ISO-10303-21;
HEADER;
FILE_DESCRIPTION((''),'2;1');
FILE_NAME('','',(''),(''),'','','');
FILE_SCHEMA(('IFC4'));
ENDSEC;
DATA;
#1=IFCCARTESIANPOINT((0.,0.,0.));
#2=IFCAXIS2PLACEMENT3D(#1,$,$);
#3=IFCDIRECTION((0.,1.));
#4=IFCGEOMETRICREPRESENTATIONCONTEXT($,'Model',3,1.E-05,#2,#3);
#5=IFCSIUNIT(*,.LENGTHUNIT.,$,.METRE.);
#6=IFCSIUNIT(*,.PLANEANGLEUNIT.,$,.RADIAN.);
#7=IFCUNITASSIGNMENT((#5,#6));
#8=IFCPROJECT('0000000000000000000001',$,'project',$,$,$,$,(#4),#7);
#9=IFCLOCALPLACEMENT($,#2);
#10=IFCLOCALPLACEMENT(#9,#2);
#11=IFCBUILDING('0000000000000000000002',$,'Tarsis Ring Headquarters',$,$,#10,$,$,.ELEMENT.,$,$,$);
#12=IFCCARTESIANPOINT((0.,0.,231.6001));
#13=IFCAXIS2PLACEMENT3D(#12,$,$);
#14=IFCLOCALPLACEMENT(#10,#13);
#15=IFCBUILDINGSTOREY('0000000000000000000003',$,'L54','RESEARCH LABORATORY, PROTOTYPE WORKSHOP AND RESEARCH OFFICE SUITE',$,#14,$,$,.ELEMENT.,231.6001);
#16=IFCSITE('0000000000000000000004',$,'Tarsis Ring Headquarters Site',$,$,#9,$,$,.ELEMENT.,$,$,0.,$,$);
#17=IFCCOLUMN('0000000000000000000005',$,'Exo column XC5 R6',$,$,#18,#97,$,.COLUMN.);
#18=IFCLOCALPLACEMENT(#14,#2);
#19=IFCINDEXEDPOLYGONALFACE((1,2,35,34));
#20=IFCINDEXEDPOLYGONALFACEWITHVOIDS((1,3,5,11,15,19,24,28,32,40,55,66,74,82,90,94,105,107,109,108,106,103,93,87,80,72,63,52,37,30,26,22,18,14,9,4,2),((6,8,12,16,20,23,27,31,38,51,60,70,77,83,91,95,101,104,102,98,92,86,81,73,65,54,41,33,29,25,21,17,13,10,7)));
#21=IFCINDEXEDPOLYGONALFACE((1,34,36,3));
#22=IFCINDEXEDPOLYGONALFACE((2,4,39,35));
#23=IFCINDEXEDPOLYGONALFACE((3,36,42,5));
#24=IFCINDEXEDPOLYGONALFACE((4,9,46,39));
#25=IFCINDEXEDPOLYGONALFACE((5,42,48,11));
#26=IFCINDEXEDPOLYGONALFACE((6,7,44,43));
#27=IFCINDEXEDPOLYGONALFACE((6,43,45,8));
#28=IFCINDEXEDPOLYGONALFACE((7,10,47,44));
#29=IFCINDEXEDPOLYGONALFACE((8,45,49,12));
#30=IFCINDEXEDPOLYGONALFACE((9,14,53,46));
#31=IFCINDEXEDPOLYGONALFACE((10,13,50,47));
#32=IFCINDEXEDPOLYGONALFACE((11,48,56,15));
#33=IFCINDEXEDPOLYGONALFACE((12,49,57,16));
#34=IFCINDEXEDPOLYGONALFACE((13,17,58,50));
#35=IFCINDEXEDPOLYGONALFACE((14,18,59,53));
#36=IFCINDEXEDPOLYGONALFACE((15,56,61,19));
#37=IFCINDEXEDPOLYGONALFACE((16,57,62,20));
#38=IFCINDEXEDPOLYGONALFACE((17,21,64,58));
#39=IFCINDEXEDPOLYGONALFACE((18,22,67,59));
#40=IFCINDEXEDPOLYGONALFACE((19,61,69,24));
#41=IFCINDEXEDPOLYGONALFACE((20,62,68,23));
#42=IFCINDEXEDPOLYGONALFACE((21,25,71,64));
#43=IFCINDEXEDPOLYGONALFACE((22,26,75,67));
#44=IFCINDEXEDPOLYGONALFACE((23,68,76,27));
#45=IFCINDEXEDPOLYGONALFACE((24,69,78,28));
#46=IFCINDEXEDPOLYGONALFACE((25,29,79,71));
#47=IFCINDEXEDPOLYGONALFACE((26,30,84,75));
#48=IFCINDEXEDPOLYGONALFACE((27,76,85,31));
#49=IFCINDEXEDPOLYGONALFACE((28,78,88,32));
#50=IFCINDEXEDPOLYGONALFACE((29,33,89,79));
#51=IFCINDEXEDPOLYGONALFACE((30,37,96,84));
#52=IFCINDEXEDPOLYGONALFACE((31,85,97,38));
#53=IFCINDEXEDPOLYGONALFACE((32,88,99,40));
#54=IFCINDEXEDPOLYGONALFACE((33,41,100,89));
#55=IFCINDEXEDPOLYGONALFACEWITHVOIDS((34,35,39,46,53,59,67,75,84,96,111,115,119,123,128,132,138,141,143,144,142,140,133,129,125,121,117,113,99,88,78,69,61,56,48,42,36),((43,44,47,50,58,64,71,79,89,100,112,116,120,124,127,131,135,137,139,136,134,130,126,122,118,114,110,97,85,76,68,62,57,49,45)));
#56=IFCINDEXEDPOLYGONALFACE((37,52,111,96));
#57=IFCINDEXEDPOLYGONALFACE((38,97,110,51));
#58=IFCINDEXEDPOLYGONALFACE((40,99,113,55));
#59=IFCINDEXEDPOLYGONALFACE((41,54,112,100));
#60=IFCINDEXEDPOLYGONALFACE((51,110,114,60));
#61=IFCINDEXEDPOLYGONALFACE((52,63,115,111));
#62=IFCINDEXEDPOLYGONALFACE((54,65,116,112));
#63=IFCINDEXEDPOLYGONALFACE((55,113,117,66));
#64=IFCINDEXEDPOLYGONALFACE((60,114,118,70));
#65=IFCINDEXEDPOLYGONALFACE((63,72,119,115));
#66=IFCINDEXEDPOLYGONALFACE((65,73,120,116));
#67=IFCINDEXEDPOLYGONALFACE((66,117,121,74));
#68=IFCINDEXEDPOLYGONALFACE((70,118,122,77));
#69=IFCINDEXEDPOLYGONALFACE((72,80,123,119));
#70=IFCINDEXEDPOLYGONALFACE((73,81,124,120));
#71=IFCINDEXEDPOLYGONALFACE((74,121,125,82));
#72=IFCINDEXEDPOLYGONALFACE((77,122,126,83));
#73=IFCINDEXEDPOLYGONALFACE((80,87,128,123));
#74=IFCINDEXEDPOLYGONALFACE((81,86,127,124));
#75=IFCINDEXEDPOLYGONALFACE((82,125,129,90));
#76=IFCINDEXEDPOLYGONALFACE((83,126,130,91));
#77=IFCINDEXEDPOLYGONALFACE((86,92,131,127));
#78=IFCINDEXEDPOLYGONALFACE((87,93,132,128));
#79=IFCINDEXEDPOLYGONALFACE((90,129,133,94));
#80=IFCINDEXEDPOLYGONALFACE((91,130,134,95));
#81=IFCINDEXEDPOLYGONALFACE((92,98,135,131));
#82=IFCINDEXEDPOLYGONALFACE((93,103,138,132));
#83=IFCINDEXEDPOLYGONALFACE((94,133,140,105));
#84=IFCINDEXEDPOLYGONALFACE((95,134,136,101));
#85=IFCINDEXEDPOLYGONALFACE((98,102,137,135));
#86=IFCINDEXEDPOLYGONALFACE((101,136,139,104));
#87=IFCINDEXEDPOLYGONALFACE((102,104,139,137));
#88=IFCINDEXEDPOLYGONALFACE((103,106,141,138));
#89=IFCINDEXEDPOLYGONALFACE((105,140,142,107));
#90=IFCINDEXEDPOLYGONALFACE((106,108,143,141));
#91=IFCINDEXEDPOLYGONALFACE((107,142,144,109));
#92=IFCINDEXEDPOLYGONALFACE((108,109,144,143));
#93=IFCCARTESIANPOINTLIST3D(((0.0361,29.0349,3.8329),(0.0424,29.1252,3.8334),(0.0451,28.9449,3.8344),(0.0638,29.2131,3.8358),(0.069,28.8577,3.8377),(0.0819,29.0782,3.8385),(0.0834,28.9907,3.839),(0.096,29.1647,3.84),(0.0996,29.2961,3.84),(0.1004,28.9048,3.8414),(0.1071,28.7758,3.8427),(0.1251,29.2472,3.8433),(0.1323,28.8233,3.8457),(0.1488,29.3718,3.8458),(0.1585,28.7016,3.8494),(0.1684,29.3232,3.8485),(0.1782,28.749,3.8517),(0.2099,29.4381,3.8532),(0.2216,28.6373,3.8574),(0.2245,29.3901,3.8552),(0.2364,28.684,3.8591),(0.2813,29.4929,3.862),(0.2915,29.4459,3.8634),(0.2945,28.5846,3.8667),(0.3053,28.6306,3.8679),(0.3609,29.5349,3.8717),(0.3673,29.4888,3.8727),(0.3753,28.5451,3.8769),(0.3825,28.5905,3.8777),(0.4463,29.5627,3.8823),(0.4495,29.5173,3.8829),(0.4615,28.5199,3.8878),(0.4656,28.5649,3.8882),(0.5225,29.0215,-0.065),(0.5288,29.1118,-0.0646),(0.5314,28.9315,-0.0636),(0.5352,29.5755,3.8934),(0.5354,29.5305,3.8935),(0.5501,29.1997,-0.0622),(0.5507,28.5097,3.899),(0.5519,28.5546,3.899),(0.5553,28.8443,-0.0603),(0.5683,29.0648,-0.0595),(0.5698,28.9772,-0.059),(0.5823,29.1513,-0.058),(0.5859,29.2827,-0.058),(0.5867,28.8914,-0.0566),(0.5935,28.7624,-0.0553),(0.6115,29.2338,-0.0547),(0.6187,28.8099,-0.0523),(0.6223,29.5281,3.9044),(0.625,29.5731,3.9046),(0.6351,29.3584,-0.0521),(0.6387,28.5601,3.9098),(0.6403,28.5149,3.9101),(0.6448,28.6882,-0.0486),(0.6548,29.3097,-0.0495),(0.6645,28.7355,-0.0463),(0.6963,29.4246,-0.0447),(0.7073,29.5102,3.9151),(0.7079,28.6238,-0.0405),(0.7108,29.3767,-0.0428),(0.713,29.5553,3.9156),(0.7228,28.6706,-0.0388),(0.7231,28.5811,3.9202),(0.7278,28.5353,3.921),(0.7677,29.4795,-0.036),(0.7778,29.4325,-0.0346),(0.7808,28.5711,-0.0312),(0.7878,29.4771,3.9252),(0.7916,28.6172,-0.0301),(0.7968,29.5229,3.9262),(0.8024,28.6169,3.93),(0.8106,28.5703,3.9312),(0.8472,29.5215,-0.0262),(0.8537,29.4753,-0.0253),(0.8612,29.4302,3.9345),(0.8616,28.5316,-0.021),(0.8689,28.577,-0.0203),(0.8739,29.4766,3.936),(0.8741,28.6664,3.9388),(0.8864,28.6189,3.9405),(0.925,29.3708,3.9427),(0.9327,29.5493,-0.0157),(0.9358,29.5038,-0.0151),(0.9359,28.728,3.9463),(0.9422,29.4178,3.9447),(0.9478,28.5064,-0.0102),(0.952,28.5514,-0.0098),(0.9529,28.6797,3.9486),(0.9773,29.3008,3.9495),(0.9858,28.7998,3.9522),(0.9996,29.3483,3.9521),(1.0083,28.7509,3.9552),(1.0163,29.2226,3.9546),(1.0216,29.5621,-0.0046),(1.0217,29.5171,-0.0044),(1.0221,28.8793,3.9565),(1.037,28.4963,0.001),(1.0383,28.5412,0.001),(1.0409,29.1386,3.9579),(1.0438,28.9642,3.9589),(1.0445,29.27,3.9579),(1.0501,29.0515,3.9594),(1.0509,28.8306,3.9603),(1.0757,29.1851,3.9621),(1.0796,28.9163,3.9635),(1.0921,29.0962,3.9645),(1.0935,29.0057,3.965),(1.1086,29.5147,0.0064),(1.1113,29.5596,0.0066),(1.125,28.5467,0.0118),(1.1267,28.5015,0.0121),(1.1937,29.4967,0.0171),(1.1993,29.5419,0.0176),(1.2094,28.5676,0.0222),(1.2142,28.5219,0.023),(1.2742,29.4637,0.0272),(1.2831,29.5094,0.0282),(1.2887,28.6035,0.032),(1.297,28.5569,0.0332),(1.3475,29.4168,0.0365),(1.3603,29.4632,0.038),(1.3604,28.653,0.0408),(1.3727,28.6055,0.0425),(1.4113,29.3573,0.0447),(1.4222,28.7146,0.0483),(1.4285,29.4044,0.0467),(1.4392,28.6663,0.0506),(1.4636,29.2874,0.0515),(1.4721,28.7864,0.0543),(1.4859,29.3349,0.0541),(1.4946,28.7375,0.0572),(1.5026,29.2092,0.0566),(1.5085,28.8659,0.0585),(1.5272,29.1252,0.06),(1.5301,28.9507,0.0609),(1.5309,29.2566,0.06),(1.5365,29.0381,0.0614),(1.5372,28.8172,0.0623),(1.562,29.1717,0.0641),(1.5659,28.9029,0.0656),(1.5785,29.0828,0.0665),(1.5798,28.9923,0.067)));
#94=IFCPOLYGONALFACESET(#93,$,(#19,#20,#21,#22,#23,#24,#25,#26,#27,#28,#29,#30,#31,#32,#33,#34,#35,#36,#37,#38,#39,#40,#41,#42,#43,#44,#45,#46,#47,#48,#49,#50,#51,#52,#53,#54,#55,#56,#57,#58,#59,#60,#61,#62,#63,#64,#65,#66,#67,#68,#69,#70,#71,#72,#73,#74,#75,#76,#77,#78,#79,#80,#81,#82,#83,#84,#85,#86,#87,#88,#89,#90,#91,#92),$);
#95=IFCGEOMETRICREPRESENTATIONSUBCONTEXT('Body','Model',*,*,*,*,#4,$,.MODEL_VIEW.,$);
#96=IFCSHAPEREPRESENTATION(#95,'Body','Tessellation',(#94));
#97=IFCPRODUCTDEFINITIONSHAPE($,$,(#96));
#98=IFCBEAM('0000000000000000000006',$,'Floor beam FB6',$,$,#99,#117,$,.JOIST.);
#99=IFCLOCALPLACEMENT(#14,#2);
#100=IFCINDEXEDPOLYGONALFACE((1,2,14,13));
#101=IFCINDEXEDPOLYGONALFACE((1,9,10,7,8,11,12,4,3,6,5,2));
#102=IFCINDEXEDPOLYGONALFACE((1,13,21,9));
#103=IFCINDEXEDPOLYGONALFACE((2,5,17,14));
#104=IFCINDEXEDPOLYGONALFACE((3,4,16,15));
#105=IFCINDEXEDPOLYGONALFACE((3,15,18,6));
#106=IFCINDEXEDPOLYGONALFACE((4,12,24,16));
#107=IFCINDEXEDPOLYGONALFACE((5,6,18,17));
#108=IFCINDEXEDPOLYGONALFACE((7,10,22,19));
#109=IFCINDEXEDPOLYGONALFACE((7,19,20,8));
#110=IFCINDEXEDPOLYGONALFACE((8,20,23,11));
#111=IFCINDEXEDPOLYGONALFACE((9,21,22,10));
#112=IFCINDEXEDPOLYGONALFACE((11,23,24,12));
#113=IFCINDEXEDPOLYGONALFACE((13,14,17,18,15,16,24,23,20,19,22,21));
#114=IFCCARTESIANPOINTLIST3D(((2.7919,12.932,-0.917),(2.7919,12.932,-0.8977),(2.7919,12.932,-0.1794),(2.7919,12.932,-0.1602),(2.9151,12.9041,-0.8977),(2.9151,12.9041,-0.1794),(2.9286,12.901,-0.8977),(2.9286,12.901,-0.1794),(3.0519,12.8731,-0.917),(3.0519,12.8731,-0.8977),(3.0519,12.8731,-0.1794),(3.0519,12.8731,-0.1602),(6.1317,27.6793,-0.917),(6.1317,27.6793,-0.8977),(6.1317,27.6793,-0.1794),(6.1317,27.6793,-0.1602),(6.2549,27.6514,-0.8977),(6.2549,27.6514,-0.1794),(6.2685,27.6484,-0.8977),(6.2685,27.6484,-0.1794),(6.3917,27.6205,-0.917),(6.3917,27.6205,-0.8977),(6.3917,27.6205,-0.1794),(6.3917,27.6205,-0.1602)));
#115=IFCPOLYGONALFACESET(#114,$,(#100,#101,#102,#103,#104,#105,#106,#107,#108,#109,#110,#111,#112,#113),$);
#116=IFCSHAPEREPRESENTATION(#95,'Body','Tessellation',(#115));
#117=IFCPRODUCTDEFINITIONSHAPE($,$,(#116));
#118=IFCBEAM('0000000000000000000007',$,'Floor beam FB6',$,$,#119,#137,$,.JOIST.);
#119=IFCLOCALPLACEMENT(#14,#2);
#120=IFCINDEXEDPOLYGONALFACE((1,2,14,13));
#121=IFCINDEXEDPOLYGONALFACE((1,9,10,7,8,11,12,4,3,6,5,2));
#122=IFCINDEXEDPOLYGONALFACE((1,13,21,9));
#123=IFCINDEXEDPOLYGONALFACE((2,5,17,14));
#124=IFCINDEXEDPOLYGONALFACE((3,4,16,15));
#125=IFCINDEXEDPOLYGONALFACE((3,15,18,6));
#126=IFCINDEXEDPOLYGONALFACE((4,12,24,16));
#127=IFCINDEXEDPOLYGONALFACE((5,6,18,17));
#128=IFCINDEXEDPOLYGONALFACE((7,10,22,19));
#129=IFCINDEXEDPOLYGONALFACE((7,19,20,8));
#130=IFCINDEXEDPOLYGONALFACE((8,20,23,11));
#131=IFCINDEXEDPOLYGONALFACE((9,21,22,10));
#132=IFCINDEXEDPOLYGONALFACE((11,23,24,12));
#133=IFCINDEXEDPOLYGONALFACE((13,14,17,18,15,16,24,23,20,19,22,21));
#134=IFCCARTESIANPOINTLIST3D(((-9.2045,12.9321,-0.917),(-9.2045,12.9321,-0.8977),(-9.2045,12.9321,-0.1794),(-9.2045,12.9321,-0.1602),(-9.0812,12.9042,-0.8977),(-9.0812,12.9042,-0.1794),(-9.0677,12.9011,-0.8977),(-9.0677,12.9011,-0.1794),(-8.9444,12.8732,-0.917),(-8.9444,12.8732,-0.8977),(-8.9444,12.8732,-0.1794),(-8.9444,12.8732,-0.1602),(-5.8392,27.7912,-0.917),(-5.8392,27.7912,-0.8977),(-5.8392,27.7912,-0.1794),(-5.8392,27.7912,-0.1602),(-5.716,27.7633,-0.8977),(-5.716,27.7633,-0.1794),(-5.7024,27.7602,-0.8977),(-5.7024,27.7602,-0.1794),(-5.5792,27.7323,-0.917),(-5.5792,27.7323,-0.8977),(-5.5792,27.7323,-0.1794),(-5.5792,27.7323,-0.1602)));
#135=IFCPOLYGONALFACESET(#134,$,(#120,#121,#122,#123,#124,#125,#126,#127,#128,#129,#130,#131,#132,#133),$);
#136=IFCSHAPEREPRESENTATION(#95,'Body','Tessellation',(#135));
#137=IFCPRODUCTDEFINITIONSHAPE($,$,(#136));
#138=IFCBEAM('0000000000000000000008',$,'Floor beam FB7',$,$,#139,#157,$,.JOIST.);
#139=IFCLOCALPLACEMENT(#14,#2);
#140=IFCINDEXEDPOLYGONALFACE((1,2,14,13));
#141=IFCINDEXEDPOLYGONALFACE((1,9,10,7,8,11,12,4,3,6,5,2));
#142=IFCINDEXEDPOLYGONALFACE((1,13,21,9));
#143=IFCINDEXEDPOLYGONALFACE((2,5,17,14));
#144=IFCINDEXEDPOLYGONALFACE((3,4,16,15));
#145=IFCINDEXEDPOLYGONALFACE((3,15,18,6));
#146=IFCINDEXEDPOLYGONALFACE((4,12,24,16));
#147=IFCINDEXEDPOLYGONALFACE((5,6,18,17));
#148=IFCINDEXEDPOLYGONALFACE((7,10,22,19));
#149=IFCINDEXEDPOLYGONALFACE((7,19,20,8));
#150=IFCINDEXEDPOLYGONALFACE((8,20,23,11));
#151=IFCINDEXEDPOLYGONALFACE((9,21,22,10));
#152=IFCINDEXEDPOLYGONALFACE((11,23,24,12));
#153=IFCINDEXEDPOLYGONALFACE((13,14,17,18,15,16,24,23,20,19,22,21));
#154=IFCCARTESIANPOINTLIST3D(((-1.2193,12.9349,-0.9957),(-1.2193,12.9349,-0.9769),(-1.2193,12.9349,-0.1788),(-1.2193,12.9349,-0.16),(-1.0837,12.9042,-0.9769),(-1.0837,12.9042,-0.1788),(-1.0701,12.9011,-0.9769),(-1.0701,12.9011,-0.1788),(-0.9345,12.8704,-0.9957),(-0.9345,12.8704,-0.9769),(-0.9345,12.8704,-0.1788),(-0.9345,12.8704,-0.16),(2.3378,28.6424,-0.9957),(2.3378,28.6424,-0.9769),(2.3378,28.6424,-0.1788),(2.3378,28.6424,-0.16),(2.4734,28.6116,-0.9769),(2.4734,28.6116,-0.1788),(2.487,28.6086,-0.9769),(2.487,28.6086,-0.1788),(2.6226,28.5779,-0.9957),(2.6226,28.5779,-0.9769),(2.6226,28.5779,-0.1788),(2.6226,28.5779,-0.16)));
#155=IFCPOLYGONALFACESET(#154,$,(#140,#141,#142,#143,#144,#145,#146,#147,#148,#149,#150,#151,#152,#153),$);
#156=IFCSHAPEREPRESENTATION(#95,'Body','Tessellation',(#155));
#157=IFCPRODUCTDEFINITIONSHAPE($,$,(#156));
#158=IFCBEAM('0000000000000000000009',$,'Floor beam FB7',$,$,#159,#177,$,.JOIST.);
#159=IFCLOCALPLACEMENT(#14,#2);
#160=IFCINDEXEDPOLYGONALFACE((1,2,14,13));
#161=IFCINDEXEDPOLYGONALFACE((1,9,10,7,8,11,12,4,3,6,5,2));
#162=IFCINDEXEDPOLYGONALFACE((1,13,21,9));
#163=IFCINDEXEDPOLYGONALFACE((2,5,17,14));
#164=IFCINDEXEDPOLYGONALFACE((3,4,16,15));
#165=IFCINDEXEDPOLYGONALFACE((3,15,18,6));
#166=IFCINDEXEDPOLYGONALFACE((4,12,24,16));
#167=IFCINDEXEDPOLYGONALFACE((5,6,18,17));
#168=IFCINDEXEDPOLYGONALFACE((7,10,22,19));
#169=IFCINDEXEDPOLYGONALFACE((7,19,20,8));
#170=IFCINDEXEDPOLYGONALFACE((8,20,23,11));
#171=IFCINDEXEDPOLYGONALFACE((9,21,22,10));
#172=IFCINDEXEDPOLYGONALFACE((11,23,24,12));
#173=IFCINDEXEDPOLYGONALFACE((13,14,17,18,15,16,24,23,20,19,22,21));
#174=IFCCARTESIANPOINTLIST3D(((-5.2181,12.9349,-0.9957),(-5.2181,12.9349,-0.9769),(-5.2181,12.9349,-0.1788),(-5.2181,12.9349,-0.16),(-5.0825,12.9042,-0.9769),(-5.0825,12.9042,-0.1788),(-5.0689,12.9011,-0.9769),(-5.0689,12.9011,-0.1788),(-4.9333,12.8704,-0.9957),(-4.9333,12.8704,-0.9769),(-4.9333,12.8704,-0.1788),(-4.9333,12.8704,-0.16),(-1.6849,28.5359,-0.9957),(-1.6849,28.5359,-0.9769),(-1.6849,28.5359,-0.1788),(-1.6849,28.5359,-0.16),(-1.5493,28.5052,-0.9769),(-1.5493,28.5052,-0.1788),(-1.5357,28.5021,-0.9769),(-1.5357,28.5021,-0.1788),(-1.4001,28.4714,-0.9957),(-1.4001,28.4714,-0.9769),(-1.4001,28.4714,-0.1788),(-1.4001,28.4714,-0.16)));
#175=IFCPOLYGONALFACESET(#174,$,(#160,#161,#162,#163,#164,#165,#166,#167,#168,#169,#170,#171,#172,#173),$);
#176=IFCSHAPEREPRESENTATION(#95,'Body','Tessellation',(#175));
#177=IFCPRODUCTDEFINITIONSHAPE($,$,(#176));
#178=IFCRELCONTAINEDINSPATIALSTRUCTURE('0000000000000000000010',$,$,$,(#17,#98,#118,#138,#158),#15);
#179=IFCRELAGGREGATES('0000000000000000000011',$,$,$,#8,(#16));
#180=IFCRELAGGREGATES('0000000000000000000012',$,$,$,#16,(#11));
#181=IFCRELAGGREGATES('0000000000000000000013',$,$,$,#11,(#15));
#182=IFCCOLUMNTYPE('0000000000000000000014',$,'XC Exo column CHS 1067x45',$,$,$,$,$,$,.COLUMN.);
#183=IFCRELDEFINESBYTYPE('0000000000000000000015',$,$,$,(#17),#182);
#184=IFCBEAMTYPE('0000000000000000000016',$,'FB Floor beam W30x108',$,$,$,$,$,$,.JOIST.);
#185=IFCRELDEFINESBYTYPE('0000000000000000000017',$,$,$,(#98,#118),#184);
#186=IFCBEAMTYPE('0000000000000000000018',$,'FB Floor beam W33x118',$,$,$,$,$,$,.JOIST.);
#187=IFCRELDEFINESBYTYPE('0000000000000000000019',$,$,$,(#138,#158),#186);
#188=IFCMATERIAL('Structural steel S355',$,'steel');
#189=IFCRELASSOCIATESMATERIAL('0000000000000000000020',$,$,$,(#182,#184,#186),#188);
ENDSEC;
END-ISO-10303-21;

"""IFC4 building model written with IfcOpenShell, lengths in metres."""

from ifc_helpers import new_model, si_unit, direction, frame, origin, origin_2d, place, context, subcontext, project, spatial, hollow_circle, i_section, extrude, material, material_profile, profile_set, type_object, element, save


model = new_model("IFC4")

# Units and contexts
model_context = context("Model", 3, precision=1e-05, world=origin(), true_north=direction((0.0, 1.0)))
body_context = subcontext(model_context, "Body", "Model", "MODEL_VIEW")
ifc_project = project(units=[si_unit("LENGTHUNIT", "METRE"), si_unit("PLANEANGLEUNIT", "RADIAN")], contexts=[model_context])

# Site, building, storey
site_placement = place(None, origin())
site = spatial("IfcSite", under=ifc_project, at=site_placement, Name="Tarsis Ring Headquarters Site", CompositionType="ELEMENT", RefElevation=0.0)
building_placement = place(site_placement, origin())
building = spatial("IfcBuilding", under=site, at=building_placement, Name="Tarsis Ring Headquarters", CompositionType="ELEMENT")
storey_placement = place(building_placement, frame((0.0, 0.0, 231.6001)))
storey = spatial("IfcBuildingStorey", under=building, at=storey_placement, Name="L54", Description="RESEARCH LABORATORY, PROTOTYPE WORKSHOP AND RESEARCH OFFICE SUITE", CompositionType="ELEMENT", Elevation=231.6001)

# Column
ifc_material_1 = material(Name="Structural steel S355", Category="steel")
ifc_material_profile_1 = material_profile(ifc_material_1, hollow_circle(Radius=0.5334, WallThickness=0.0449, at=origin_2d()), Name="CHS 1067x45")
ifc_profile_set_1 = profile_set([ifc_material_profile_1], Name="Structural steel S355")
column_type = type_object("IfcColumnType", Name="XC Exo column CHS 1067x45", PredefinedType="COLUMN", material=ifc_profile_set_1)
column_placement = place(storey_placement, frame((1.0518, 29.0295, 0.001), z_axis=(-0.123805, 0.003418, 0.992301), x_axis=(-0.0276, -0.999619, 0.0)))
element("IfcColumn", 1, at=column_placement, inside=storey, type_object=column_type, Name="Exo column XC5 R6", PredefinedType="COLUMN", context=body_context, shape_type="SweptSolid", body=[
    extrude(hollow_circle(Radius=0.5334, WallThickness=0.0449, at=origin_2d()), origin(), (0.0, 0.0, 1.0), 3.9282),
])

# Beams
ifc_material_profile_2 = material_profile(ifc_material_1, i_section(OverallWidth=0.2666, OverallDepth=0.7568, WebThickness=0.0139, FlangeThickness=0.0193, at=origin_2d()), Name="W30x108")
ifc_profile_set_2 = profile_set([ifc_material_profile_2], Name="Structural steel S355")
beam_type_1 = type_object("IfcBeamType", Name="FB Floor beam W30x108", PredefinedType="JOIST", material=ifc_profile_set_2)
beam_1_placement = place(storey_placement, frame((6.2617, 27.6499, -0.5386), z_axis=(-0.220878, -0.975301, 0.0), x_axis=(0.975301, -0.220878, 0.0)))
element("IfcBeam", 2, at=beam_1_placement, inside=storey, type_object=beam_type_1, Name="Floor beam FB6", PredefinedType="JOIST", context=body_context, shape_type="SweptSolid", body=[
    extrude(i_section(OverallWidth=0.2666, OverallDepth=0.7568, WebThickness=0.0139, FlangeThickness=0.0193, at=origin_2d()), origin(), (0.0, 0.0, 1.0), 15.1208),
])
beam_2_placement = place(storey_placement, frame((-5.7092, 27.7617, -0.5386), z_axis=(-0.220882, -0.975301, 0.0), x_axis=(0.975301, -0.220882, 0.0)))
element("IfcBeam", 3, at=beam_2_placement, inside=storey, type_object=beam_type_1, Name="Floor beam FB6", PredefinedType="JOIST", context=body_context, shape_type="SweptSolid", body=[
    extrude(i_section(OverallWidth=0.2666, OverallDepth=0.7568, WebThickness=0.0139, FlangeThickness=0.0193, at=origin_2d()), origin(), (0.0, 0.0, 1.0), 15.2354),
])
ifc_material_profile_3 = material_profile(ifc_material_1, i_section(OverallWidth=0.292, OverallDepth=0.8357, WebThickness=0.0139, FlangeThickness=0.0188, at=origin_2d()), Name="W33x118")
ifc_profile_set_3 = profile_set([ifc_material_profile_3], Name="Structural steel S355")
beam_type_2 = type_object("IfcBeamType", Name="FB Floor beam W33x118", PredefinedType="JOIST", material=ifc_profile_set_3)
beam_3_placement = place(storey_placement, frame((2.4802, 28.6101, -0.5779), z_axis=(-0.220868, -0.975304, 0.0), x_axis=(0.975304, -0.220868, 0.0)))
element("IfcBeam", 4, at=beam_3_placement, inside=storey, type_object=beam_type_2, Name="Floor beam FB7", PredefinedType="JOIST", context=body_context, shape_type="SweptSolid", body=[
    extrude(i_section(OverallWidth=0.292, OverallDepth=0.8357, WebThickness=0.0139, FlangeThickness=0.0188, at=origin_2d()), origin(), (0.0, 0.0, 1.0), 16.1052),
])
beam_4_placement = place(storey_placement, frame((-1.5425, 28.5037, -0.5779), z_axis=(-0.220878, -0.975301, 0.0), x_axis=(0.975301, -0.220878, 0.0)))
element("IfcBeam", 5, at=beam_4_placement, inside=storey, type_object=beam_type_2, Name="Floor beam FB7", PredefinedType="JOIST", context=body_context, shape_type="SweptSolid", body=[
    extrude(i_section(OverallWidth=0.292, OverallDepth=0.8357, WebThickness=0.0139, FlangeThickness=0.0188, at=origin_2d()), origin(), (0.0, 0.0, 1.0), 15.9961),
])

save(model, "model.ifc")
